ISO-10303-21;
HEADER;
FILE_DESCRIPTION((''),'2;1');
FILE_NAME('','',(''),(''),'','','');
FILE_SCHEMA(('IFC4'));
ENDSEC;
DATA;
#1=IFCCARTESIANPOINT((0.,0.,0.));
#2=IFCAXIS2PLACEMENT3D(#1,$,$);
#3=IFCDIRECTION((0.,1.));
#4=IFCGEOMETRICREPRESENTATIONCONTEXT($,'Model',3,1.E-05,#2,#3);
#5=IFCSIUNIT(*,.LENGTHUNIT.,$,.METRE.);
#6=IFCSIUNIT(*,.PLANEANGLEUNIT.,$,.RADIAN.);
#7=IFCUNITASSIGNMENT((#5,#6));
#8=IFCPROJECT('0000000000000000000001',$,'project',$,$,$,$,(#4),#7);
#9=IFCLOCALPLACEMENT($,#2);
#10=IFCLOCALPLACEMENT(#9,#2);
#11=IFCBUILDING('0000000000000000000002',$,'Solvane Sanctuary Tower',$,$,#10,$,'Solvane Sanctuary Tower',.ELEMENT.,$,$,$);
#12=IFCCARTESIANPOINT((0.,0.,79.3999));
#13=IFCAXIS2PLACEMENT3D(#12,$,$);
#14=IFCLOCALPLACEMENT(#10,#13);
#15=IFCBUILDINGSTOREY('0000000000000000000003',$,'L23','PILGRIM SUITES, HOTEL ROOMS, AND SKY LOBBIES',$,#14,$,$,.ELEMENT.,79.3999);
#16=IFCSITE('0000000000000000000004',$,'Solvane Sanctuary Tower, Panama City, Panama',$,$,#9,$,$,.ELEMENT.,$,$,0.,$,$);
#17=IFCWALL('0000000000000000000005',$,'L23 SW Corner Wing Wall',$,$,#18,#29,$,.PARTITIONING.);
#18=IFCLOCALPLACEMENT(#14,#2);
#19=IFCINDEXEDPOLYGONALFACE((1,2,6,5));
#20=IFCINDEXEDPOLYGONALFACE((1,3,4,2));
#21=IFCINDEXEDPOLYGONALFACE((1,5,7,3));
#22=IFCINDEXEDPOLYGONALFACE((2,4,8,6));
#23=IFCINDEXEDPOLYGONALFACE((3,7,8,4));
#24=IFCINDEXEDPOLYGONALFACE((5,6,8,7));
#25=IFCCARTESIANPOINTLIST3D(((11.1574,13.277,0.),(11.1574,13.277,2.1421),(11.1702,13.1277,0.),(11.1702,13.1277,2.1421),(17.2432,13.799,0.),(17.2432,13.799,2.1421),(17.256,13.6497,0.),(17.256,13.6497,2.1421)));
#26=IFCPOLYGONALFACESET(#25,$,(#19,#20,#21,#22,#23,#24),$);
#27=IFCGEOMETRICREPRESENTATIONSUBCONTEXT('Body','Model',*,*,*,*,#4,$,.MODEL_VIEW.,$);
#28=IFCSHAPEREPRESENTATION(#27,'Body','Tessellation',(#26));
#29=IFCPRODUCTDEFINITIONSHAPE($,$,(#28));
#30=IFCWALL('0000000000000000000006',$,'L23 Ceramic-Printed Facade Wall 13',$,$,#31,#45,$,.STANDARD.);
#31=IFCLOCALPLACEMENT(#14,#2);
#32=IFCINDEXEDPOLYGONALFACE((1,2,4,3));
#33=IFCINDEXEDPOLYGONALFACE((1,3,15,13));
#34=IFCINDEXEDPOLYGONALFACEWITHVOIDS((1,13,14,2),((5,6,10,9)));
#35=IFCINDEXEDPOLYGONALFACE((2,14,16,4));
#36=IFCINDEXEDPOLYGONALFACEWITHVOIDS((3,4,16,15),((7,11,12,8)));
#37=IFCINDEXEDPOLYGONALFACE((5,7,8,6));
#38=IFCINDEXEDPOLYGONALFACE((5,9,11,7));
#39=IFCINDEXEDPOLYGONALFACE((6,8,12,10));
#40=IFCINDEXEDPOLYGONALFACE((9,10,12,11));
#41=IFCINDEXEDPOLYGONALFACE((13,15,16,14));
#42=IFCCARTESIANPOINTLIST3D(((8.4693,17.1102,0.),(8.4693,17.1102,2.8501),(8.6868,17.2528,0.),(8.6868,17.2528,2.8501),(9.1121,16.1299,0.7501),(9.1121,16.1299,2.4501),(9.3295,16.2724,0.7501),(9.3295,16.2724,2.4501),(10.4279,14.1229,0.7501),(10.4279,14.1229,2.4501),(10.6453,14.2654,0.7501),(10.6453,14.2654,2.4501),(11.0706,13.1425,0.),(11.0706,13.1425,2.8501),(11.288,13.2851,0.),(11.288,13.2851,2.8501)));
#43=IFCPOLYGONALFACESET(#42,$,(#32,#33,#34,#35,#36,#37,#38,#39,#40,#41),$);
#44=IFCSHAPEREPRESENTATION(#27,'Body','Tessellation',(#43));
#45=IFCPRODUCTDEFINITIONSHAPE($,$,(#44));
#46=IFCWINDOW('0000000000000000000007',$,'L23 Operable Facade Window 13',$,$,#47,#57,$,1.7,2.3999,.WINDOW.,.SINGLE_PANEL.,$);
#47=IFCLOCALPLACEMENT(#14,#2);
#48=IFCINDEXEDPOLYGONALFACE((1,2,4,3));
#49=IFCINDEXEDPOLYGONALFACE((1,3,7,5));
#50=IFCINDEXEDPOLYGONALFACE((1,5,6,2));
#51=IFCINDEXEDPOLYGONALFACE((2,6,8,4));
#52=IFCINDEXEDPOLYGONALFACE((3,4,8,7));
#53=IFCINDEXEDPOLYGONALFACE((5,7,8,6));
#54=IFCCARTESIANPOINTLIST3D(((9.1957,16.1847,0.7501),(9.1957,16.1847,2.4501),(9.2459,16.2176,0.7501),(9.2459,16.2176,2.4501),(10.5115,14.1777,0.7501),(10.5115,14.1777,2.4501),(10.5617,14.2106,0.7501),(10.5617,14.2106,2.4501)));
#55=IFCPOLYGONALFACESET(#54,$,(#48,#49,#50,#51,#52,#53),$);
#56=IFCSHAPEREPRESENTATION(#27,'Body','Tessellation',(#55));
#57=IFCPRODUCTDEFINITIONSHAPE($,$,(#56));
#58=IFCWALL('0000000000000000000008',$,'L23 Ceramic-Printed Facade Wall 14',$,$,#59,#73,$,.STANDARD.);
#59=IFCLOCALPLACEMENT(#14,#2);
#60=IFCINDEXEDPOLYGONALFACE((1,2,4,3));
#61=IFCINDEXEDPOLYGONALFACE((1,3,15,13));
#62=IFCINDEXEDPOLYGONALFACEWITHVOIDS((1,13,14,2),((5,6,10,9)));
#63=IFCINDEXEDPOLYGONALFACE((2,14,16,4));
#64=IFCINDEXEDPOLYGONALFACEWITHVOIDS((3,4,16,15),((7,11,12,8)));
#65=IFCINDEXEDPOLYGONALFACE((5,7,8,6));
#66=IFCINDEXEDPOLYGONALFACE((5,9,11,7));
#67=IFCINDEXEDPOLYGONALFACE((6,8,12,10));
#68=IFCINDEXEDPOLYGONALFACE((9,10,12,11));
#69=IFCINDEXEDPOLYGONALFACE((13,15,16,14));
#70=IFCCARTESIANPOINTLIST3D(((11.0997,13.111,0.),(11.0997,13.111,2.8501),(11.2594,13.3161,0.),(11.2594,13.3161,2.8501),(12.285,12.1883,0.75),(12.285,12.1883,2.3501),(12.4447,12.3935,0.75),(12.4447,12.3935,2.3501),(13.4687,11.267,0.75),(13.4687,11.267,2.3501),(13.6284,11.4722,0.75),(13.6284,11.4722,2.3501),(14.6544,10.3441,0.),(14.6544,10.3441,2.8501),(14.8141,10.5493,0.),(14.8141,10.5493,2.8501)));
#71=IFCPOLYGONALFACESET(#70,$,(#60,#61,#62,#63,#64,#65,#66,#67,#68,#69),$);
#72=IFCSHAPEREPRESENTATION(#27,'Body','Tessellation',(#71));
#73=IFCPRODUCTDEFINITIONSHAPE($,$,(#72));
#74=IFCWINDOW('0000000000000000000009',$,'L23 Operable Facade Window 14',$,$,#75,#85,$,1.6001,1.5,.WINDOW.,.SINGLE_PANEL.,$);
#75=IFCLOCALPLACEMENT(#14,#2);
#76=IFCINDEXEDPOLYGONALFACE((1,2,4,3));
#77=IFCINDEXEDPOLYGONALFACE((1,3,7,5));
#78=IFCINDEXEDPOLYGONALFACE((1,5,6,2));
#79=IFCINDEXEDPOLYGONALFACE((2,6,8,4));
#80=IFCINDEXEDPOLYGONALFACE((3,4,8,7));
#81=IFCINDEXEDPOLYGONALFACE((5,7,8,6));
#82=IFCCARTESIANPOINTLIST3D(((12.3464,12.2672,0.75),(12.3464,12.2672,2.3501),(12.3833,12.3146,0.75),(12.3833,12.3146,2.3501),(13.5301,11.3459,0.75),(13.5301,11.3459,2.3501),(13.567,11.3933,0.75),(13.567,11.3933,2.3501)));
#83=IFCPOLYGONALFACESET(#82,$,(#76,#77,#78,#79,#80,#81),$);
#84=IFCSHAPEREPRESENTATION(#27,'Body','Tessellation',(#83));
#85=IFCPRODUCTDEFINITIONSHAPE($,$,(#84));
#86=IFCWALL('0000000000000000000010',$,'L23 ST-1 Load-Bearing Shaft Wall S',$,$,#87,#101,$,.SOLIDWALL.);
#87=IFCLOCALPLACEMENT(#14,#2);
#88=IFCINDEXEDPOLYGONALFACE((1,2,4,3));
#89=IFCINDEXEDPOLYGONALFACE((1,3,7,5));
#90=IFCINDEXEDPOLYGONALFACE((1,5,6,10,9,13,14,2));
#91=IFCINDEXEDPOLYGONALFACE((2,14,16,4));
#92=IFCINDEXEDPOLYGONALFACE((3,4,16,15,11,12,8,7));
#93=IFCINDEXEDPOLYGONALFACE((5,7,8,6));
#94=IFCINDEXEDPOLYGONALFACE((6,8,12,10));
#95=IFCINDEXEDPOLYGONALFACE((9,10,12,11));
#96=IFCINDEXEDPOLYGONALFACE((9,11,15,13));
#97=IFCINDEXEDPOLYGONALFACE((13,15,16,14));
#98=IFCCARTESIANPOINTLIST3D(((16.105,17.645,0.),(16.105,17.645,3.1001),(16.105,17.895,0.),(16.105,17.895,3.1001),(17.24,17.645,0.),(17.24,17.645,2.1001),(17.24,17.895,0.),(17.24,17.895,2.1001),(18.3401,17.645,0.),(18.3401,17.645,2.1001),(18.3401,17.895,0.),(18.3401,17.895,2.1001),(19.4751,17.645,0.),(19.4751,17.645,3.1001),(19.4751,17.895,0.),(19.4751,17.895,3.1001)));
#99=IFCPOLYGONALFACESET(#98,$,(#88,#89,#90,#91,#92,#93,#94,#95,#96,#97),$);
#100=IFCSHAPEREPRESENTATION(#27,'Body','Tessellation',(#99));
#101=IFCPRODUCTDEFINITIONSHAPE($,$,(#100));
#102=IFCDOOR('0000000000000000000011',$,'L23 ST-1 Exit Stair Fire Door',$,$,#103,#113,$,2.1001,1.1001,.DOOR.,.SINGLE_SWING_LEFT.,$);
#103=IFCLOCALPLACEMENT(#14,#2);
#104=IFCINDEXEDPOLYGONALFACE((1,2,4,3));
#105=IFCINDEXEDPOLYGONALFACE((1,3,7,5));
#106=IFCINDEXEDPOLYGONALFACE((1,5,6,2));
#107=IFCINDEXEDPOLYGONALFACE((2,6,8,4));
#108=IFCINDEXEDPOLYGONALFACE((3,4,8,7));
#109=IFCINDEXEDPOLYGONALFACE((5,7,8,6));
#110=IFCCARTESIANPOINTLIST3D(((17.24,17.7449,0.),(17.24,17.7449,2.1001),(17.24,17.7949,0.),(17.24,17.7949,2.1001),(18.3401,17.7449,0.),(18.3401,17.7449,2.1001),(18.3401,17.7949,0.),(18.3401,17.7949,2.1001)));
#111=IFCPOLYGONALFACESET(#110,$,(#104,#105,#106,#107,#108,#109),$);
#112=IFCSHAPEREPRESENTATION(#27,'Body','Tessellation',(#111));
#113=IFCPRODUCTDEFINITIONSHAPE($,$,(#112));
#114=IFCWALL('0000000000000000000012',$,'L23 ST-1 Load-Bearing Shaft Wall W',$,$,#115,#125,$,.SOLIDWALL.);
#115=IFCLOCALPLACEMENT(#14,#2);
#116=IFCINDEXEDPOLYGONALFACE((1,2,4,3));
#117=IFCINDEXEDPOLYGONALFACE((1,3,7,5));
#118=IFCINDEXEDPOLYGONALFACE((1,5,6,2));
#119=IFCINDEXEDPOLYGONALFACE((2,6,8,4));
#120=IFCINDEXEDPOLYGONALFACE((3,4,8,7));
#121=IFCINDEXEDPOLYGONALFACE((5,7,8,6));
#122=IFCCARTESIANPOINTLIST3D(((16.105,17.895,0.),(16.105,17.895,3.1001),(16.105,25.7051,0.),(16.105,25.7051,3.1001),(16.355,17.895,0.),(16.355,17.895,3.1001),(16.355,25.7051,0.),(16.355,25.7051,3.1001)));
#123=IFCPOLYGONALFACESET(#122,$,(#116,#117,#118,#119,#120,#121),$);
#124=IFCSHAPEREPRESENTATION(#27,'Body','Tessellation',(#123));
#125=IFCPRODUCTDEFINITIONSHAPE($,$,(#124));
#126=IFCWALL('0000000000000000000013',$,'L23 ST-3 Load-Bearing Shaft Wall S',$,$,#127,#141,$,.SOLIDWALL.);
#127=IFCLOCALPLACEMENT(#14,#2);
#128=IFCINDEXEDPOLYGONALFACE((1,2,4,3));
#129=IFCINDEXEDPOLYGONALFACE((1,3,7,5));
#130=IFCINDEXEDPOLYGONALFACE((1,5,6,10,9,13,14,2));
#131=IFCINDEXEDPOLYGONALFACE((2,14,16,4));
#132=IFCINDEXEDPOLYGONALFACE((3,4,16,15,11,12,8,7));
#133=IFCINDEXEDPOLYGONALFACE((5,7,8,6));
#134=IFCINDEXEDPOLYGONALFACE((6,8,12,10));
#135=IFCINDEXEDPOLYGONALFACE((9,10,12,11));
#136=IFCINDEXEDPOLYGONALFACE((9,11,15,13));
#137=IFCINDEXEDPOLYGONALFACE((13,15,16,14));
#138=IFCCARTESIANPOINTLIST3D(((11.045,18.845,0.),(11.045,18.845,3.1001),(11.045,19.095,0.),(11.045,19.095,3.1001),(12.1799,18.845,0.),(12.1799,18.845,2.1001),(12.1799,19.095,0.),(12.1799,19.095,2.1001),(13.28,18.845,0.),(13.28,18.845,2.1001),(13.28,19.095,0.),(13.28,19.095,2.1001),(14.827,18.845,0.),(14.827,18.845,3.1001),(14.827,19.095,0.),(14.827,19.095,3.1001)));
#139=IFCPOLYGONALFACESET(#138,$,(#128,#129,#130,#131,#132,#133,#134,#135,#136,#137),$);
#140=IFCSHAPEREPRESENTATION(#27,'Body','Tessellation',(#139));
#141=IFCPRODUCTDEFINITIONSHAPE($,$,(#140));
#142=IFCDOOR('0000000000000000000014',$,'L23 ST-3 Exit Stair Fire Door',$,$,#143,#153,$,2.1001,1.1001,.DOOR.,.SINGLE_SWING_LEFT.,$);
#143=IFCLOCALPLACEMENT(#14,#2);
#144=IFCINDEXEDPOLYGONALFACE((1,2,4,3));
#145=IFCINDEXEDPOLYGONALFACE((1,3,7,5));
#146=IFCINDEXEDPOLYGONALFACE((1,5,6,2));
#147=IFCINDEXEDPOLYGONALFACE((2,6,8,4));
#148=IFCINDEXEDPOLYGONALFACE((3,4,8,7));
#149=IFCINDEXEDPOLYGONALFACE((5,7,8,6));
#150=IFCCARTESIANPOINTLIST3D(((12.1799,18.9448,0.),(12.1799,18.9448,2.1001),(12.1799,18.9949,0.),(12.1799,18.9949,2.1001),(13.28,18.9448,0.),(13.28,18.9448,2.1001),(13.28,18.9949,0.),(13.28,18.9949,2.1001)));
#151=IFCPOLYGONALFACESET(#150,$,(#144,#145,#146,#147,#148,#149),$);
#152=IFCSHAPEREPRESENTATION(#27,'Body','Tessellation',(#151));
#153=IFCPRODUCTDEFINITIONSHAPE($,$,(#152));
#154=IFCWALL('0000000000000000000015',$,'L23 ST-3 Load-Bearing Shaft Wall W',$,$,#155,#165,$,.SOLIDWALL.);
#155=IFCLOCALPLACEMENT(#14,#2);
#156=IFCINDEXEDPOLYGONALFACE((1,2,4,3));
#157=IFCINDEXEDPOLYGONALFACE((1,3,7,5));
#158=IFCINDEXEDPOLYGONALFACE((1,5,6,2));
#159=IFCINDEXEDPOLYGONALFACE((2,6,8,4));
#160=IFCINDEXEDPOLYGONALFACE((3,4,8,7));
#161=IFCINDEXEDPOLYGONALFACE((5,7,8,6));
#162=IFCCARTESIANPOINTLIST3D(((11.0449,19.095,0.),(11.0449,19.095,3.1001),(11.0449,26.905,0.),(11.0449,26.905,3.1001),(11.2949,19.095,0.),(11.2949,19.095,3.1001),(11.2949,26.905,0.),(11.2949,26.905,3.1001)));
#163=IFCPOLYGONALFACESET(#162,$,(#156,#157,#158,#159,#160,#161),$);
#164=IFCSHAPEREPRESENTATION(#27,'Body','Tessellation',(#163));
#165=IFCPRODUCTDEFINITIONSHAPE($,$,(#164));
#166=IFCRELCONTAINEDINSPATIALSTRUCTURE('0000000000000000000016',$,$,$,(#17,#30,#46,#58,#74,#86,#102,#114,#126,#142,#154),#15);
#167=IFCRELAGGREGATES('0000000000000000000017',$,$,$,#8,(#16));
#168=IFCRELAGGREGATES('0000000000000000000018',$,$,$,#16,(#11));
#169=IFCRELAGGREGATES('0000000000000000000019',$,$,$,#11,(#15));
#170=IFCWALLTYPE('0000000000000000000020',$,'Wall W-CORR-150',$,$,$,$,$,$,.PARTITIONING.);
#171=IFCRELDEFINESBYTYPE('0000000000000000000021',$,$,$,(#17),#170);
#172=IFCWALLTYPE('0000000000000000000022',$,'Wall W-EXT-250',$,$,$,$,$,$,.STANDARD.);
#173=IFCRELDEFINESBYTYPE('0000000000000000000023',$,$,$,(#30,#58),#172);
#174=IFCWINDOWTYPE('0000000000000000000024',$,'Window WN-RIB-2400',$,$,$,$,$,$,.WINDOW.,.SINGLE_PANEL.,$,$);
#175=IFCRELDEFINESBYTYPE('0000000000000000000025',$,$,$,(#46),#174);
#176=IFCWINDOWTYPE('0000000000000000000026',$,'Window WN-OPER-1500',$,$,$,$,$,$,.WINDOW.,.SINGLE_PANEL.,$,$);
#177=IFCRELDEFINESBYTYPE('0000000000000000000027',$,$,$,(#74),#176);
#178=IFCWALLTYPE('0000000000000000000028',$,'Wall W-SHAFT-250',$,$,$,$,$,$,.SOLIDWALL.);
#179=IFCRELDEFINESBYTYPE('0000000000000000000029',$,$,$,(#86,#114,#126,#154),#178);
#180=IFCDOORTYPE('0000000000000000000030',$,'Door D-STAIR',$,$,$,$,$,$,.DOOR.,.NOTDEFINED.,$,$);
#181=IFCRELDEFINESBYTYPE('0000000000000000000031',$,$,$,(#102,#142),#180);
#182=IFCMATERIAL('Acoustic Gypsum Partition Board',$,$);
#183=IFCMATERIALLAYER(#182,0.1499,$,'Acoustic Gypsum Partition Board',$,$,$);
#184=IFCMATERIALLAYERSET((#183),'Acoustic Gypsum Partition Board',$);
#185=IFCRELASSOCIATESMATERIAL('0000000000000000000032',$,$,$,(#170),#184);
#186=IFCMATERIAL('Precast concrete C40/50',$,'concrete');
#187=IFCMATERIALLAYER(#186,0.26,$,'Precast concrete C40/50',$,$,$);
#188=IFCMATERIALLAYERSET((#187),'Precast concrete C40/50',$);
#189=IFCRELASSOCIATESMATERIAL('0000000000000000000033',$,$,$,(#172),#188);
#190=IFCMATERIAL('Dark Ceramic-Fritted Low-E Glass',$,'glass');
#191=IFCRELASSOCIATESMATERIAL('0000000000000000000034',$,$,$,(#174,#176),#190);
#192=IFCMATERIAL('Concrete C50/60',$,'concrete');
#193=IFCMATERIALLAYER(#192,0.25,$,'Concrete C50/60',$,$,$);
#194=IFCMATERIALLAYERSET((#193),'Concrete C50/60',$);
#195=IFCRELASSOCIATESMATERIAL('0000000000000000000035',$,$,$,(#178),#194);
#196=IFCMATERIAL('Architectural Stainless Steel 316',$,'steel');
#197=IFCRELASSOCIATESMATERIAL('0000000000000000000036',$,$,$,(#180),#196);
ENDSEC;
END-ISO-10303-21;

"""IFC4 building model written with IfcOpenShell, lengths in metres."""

from ifc_helpers import new_model, si_unit, direction, frame, frame_2d, origin, place, context, subcontext, project, spatial, rectangle, extrude, material, layer, layer_set, type_object, element, fill, save


model = new_model("IFC4")

# Units and contexts
model_context = context("Model", 3, precision=1e-05, world=origin(), true_north=direction((0.0, 1.0)))
body_context = subcontext(model_context, "Body", "Model", "MODEL_VIEW")
ifc_project = project(units=[si_unit("LENGTHUNIT", "METRE"), si_unit("PLANEANGLEUNIT", "RADIAN")], contexts=[model_context])

# Site, building, storey
site_placement = place(None, origin())
site = spatial("IfcSite", under=ifc_project, at=site_placement, Name="Solvane Sanctuary Tower, Panama City, Panama", CompositionType="ELEMENT", RefElevation=0.0)
building_placement = place(site_placement, origin())
building = spatial("IfcBuilding", under=site, at=building_placement, Name="Solvane Sanctuary Tower", LongName="Solvane Sanctuary Tower", CompositionType="ELEMENT")
storey_placement = place(building_placement, frame((0.0, 0.0, 79.3999)))
storey = spatial("IfcBuildingStorey", under=building, at=storey_placement, Name="L23", Description="PILGRIM SUITES, HOTEL ROOMS, AND SKY LOBBIES", CompositionType="ELEMENT", Elevation=79.3999)

# Shared definitions
ifc_material_1 = material(Name="Acoustic Gypsum Partition Board")
ifc_layer_1 = layer(ifc_material_1, 0.1499, Name="Acoustic Gypsum Partition Board")
ifc_layer_set_1 = layer_set([ifc_layer_1], Name="Acoustic Gypsum Partition Board")
wall_type_1 = type_object("IfcWallType", Name="Wall W-CORR-150", PredefinedType="PARTITIONING", material=ifc_layer_set_1)

# Wall
wall_1_placement = place(storey_placement, frame((17.2498, 13.7244, 0.0), z_axis=(0.0, 0.0, 1.0), x_axis=(-0.996342, -0.085457, 0.0)))
element("IfcWall", 1, at=wall_1_placement, inside=storey, type_object=wall_type_1, Name="L23 SW Corner Wing Wall", PredefinedType="PARTITIONING", context=body_context, shape_type="SweptSolid", body=[
    extrude(rectangle(XDim=6.1082, YDim=0.1499, at=frame_2d((3.0542, 0.0))), origin(), (0.0, 0.0, 1.0), 2.1421),
])

# Walls, openings, windows
ifc_material_2 = material(Name="Precast concrete C40/50", Category="concrete")
ifc_layer_2 = layer(ifc_material_2, 0.26, Name="Precast concrete C40/50")
ifc_layer_set_2 = layer_set([ifc_layer_2], Name="Precast concrete C40/50")
wall_type_2 = type_object("IfcWallType", Name="Wall W-EXT-250", PredefinedType="STANDARD", material=ifc_layer_set_2)
wall_2_placement = place(storey_placement, frame((8.5781, 17.1814, 0.0), z_axis=(0.0, 0.0, 1.0), x_axis=(0.548283, -0.836293, 0.0)))
wall_2 = element("IfcWall", 2, at=wall_2_placement, inside=storey, type_object=wall_type_2, Name="L23 Ceramic-Printed Facade Wall 13", PredefinedType="STANDARD", context=body_context, shape_type="SweptSolid", body=[
    extrude(rectangle(XDim=4.7444, YDim=0.26, at=frame_2d((2.3721, 0.0))), origin(), (0.0, 0.0, 1.0), 2.8501),
])
opening_1_placement = place(wall_2_placement, frame((1.1721, 0.0, 0.75)))
opening_1 = element("IfcOpeningElement", 3, at=opening_1_placement, cuts=wall_2, PredefinedType="OPENING", context=body_context, shape_type="SweptSolid", body=[
    extrude(rectangle(XDim=2.3999, YDim=1.7, at=frame_2d((1.2, 0.8501))), frame((0.0, 0.1399, 0.0), z_axis=(0.0, -1.0, 0.0), x_axis=(1.0, 0.0, 0.0)), (0.0, 0.0, 1.0), 0.28),
])
ifc_material_3 = material(Name="Dark Ceramic-Fritted Low-E Glass", Category="glass")
window_type_1 = type_object("IfcWindowType", Name="Window WN-RIB-2400", PartitioningType="SINGLE_PANEL", PredefinedType="WINDOW", material=ifc_material_3)
window_1_placement = place(opening_1_placement, origin())
window_1 = element("IfcWindow", 4, at=window_1_placement, inside=storey, type_object=window_type_1, Name="L23 Operable Facade Window 13", OverallHeight=1.7, OverallWidth=2.3999, PartitioningType="SINGLE_PANEL", PredefinedType="WINDOW", context=body_context, shape_type="SweptSolid", body=[
    extrude(rectangle(XDim=2.3999, YDim=1.7, at=frame_2d((1.2, 0.8501))), frame((0.0, 0.03, 0.0), z_axis=(0.0, -1.0, 0.0), x_axis=(1.0, 0.0, 0.0)), (0.0, 0.0, 1.0), 0.0601),
])
fill(opening_1, window_1)
wall_3_placement = place(storey_placement, frame((11.1794, 13.2136, 0.0), z_axis=(0.0, 0.0, 1.0), x_axis=(0.789127, -0.614229, 0.0)))
wall_3 = element("IfcWall", 5, at=wall_3_placement, inside=storey, type_object=wall_type_2, Name="L23 Ceramic-Printed Facade Wall 14", PredefinedType="STANDARD", context=body_context, shape_type="SweptSolid", body=[
    extrude(rectangle(XDim=4.5046, YDim=0.26, at=frame_2d((2.2524, 0.0))), origin(), (0.0, 0.0, 1.0), 2.8501),
])
opening_2_placement = place(wall_3_placement, frame((1.5022, 0.0, 0.75)))
opening_2 = element("IfcOpeningElement", 6, at=opening_2_placement, cuts=wall_3, PredefinedType="OPENING", context=body_context, shape_type="SweptSolid", body=[
    extrude(rectangle(XDim=1.5, YDim=1.6001, at=frame_2d((0.75, 0.8))), frame((0.0, 0.1399, 0.0), z_axis=(0.0, -1.0, 0.0), x_axis=(1.0, 0.0, 0.0)), (0.0, 0.0, 1.0), 0.28),
])
window_type_2 = type_object("IfcWindowType", Name="Window WN-OPER-1500", PartitioningType="SINGLE_PANEL", PredefinedType="WINDOW", material=ifc_material_3)
window_2_placement = place(opening_2_placement, origin())
window_2 = element("IfcWindow", 7, at=window_2_placement, inside=storey, type_object=window_type_2, Name="L23 Operable Facade Window 14", OverallHeight=1.6001, OverallWidth=1.5, PartitioningType="SINGLE_PANEL", PredefinedType="WINDOW", context=body_context, shape_type="SweptSolid", body=[
    extrude(rectangle(XDim=1.5, YDim=1.6001, at=frame_2d((0.75, 0.8))), frame((0.0, 0.03, 0.0), z_axis=(0.0, -1.0, 0.0), x_axis=(1.0, 0.0, 0.0)), (0.0, 0.0, 1.0), 0.0601),
])
fill(opening_2, window_2)

# Wall, opening, door
ifc_material_4 = material(Name="Concrete C50/60", Category="concrete")
ifc_layer_3 = layer(ifc_material_4, 0.25, Name="Concrete C50/60")
ifc_layer_set_3 = layer_set([ifc_layer_3], Name="Concrete C50/60")
wall_type_3 = type_object("IfcWallType", Name="Wall W-SHAFT-250", PredefinedType="SOLIDWALL", material=ifc_layer_set_3)
wall_4_placement = place(storey_placement, frame((16.105, 17.77, 0.0), z_axis=(0.0, 0.0, 1.0), x_axis=(1.0, 0.0, 0.0)))
wall_4 = element("IfcWall", 8, at=wall_4_placement, inside=storey, type_object=wall_type_3, Name="L23 ST-1 Load-Bearing Shaft Wall S", PredefinedType="SOLIDWALL", context=body_context, shape_type="SweptSolid", body=[
    extrude(rectangle(XDim=3.3701, YDim=0.25, at=frame_2d((1.6851, 0.0))), origin(), (0.0, 0.0, 1.0), 3.1001),
])
opening_3_placement = place(wall_4_placement, frame((1.135, 0.0, 0.0)))
opening_3 = element("IfcOpeningElement", 9, at=opening_3_placement, cuts=wall_4, PredefinedType="OPENING", context=body_context, shape_type="SweptSolid", body=[
    extrude(rectangle(XDim=1.1001, YDim=2.1001, at=frame_2d((0.55, 1.05))), frame((0.0, 0.135, 0.0), z_axis=(0.0, -1.0, 0.0), x_axis=(1.0, 0.0, 0.0)), (0.0, 0.0, 1.0), 0.27),
])
ifc_material_5 = material(Name="Architectural Stainless Steel 316", Category="steel")
door_type_1 = type_object("IfcDoorType", Name="Door D-STAIR", OperationType="NOTDEFINED", PredefinedType="DOOR", material=ifc_material_5)
door_1_placement = place(opening_3_placement, origin())
door_1 = element("IfcDoor", 10, at=door_1_placement, inside=storey, type_object=door_type_1, Name="L23 ST-1 Exit Stair Fire Door", OperationType="SINGLE_SWING_LEFT", OverallHeight=2.1001, OverallWidth=1.1001, PredefinedType="DOOR", context=body_context, shape_type="SweptSolid", body=[
    extrude(rectangle(XDim=1.1001, YDim=2.1001, at=frame_2d((0.55, 1.05))), frame((0.0, 0.0249, 0.0), z_axis=(0.0, -1.0, 0.0), x_axis=(1.0, 0.0, 0.0)), (0.0, 0.0, 1.0), 0.05),
])
fill(opening_3, door_1)

# Wall
wall_5_placement = place(storey_placement, frame((16.23, 17.895, 0.0), z_axis=(0.0, 0.0, 1.0), x_axis=(0.0, 1.0, 0.0)))
element("IfcWall", 11, at=wall_5_placement, inside=storey, type_object=wall_type_3, Name="L23 ST-1 Load-Bearing Shaft Wall W", PredefinedType="SOLIDWALL", context=body_context, shape_type="SweptSolid", body=[
    extrude(rectangle(XDim=7.8101, YDim=0.25, at=frame_2d((3.905, 0.0))), origin(), (0.0, 0.0, 1.0), 3.1001),
])

# Wall, opening, door
wall_6_placement = place(storey_placement, frame((11.0449, 18.97, 0.0), z_axis=(0.0, 0.0, 1.0), x_axis=(1.0, 0.0, 0.0)))
wall_6 = element("IfcWall", 12, at=wall_6_placement, inside=storey, type_object=wall_type_3, Name="L23 ST-3 Load-Bearing Shaft Wall S", PredefinedType="SOLIDWALL", context=body_context, shape_type="SweptSolid", body=[
    extrude(rectangle(XDim=3.782, YDim=0.25, at=frame_2d((1.8911, 0.0))), origin(), (0.0, 0.0, 1.0), 3.1001),
])
opening_4_placement = place(wall_6_placement, frame((1.135, 0.0, 0.0)))
opening_4 = element("IfcOpeningElement", 13, at=opening_4_placement, cuts=wall_6, PredefinedType="OPENING", context=body_context, shape_type="SweptSolid", body=[
    extrude(rectangle(XDim=1.1001, YDim=2.1001, at=frame_2d((0.55, 1.05))), frame((0.0, 0.135, 0.0), z_axis=(0.0, -1.0, 0.0), x_axis=(1.0, 0.0, 0.0)), (0.0, 0.0, 1.0), 0.27),
])
door_2_placement = place(opening_4_placement, origin())
door_2 = element("IfcDoor", 14, at=door_2_placement, inside=storey, type_object=door_type_1, Name="L23 ST-3 Exit Stair Fire Door", OperationType="SINGLE_SWING_LEFT", OverallHeight=2.1001, OverallWidth=1.1001, PredefinedType="DOOR", context=body_context, shape_type="SweptSolid", body=[
    extrude(rectangle(XDim=1.1001, YDim=2.1001, at=frame_2d((0.55, 1.05))), frame((0.0, 0.0249, 0.0), z_axis=(0.0, -1.0, 0.0), x_axis=(1.0, 0.0, 0.0)), (0.0, 0.0, 1.0), 0.05),
])
fill(opening_4, door_2)

# Wall
for number, where, z_axis, x_axis, name in (
    (15, (11.1699, 19.095, 0.0), (0.0, 0.0, 1.0), (0.0, 1.0, 0.0), "L23 ST-3 Load-Bearing Shaft Wall W"),
):
    element("IfcWall", number, at=place(storey_placement, frame(where, z_axis=z_axis, x_axis=x_axis)), inside=storey, type_object=wall_type_3, Name=name, PredefinedType="SOLIDWALL", context=body_context, shape_type="SweptSolid", body=[
        extrude(rectangle(XDim=7.8101, YDim=0.25, at=frame_2d((3.905, 0.0))), origin(), (0.0, 0.0, 1.0), 3.1001),
    ])

save(model, "model.ifc")
